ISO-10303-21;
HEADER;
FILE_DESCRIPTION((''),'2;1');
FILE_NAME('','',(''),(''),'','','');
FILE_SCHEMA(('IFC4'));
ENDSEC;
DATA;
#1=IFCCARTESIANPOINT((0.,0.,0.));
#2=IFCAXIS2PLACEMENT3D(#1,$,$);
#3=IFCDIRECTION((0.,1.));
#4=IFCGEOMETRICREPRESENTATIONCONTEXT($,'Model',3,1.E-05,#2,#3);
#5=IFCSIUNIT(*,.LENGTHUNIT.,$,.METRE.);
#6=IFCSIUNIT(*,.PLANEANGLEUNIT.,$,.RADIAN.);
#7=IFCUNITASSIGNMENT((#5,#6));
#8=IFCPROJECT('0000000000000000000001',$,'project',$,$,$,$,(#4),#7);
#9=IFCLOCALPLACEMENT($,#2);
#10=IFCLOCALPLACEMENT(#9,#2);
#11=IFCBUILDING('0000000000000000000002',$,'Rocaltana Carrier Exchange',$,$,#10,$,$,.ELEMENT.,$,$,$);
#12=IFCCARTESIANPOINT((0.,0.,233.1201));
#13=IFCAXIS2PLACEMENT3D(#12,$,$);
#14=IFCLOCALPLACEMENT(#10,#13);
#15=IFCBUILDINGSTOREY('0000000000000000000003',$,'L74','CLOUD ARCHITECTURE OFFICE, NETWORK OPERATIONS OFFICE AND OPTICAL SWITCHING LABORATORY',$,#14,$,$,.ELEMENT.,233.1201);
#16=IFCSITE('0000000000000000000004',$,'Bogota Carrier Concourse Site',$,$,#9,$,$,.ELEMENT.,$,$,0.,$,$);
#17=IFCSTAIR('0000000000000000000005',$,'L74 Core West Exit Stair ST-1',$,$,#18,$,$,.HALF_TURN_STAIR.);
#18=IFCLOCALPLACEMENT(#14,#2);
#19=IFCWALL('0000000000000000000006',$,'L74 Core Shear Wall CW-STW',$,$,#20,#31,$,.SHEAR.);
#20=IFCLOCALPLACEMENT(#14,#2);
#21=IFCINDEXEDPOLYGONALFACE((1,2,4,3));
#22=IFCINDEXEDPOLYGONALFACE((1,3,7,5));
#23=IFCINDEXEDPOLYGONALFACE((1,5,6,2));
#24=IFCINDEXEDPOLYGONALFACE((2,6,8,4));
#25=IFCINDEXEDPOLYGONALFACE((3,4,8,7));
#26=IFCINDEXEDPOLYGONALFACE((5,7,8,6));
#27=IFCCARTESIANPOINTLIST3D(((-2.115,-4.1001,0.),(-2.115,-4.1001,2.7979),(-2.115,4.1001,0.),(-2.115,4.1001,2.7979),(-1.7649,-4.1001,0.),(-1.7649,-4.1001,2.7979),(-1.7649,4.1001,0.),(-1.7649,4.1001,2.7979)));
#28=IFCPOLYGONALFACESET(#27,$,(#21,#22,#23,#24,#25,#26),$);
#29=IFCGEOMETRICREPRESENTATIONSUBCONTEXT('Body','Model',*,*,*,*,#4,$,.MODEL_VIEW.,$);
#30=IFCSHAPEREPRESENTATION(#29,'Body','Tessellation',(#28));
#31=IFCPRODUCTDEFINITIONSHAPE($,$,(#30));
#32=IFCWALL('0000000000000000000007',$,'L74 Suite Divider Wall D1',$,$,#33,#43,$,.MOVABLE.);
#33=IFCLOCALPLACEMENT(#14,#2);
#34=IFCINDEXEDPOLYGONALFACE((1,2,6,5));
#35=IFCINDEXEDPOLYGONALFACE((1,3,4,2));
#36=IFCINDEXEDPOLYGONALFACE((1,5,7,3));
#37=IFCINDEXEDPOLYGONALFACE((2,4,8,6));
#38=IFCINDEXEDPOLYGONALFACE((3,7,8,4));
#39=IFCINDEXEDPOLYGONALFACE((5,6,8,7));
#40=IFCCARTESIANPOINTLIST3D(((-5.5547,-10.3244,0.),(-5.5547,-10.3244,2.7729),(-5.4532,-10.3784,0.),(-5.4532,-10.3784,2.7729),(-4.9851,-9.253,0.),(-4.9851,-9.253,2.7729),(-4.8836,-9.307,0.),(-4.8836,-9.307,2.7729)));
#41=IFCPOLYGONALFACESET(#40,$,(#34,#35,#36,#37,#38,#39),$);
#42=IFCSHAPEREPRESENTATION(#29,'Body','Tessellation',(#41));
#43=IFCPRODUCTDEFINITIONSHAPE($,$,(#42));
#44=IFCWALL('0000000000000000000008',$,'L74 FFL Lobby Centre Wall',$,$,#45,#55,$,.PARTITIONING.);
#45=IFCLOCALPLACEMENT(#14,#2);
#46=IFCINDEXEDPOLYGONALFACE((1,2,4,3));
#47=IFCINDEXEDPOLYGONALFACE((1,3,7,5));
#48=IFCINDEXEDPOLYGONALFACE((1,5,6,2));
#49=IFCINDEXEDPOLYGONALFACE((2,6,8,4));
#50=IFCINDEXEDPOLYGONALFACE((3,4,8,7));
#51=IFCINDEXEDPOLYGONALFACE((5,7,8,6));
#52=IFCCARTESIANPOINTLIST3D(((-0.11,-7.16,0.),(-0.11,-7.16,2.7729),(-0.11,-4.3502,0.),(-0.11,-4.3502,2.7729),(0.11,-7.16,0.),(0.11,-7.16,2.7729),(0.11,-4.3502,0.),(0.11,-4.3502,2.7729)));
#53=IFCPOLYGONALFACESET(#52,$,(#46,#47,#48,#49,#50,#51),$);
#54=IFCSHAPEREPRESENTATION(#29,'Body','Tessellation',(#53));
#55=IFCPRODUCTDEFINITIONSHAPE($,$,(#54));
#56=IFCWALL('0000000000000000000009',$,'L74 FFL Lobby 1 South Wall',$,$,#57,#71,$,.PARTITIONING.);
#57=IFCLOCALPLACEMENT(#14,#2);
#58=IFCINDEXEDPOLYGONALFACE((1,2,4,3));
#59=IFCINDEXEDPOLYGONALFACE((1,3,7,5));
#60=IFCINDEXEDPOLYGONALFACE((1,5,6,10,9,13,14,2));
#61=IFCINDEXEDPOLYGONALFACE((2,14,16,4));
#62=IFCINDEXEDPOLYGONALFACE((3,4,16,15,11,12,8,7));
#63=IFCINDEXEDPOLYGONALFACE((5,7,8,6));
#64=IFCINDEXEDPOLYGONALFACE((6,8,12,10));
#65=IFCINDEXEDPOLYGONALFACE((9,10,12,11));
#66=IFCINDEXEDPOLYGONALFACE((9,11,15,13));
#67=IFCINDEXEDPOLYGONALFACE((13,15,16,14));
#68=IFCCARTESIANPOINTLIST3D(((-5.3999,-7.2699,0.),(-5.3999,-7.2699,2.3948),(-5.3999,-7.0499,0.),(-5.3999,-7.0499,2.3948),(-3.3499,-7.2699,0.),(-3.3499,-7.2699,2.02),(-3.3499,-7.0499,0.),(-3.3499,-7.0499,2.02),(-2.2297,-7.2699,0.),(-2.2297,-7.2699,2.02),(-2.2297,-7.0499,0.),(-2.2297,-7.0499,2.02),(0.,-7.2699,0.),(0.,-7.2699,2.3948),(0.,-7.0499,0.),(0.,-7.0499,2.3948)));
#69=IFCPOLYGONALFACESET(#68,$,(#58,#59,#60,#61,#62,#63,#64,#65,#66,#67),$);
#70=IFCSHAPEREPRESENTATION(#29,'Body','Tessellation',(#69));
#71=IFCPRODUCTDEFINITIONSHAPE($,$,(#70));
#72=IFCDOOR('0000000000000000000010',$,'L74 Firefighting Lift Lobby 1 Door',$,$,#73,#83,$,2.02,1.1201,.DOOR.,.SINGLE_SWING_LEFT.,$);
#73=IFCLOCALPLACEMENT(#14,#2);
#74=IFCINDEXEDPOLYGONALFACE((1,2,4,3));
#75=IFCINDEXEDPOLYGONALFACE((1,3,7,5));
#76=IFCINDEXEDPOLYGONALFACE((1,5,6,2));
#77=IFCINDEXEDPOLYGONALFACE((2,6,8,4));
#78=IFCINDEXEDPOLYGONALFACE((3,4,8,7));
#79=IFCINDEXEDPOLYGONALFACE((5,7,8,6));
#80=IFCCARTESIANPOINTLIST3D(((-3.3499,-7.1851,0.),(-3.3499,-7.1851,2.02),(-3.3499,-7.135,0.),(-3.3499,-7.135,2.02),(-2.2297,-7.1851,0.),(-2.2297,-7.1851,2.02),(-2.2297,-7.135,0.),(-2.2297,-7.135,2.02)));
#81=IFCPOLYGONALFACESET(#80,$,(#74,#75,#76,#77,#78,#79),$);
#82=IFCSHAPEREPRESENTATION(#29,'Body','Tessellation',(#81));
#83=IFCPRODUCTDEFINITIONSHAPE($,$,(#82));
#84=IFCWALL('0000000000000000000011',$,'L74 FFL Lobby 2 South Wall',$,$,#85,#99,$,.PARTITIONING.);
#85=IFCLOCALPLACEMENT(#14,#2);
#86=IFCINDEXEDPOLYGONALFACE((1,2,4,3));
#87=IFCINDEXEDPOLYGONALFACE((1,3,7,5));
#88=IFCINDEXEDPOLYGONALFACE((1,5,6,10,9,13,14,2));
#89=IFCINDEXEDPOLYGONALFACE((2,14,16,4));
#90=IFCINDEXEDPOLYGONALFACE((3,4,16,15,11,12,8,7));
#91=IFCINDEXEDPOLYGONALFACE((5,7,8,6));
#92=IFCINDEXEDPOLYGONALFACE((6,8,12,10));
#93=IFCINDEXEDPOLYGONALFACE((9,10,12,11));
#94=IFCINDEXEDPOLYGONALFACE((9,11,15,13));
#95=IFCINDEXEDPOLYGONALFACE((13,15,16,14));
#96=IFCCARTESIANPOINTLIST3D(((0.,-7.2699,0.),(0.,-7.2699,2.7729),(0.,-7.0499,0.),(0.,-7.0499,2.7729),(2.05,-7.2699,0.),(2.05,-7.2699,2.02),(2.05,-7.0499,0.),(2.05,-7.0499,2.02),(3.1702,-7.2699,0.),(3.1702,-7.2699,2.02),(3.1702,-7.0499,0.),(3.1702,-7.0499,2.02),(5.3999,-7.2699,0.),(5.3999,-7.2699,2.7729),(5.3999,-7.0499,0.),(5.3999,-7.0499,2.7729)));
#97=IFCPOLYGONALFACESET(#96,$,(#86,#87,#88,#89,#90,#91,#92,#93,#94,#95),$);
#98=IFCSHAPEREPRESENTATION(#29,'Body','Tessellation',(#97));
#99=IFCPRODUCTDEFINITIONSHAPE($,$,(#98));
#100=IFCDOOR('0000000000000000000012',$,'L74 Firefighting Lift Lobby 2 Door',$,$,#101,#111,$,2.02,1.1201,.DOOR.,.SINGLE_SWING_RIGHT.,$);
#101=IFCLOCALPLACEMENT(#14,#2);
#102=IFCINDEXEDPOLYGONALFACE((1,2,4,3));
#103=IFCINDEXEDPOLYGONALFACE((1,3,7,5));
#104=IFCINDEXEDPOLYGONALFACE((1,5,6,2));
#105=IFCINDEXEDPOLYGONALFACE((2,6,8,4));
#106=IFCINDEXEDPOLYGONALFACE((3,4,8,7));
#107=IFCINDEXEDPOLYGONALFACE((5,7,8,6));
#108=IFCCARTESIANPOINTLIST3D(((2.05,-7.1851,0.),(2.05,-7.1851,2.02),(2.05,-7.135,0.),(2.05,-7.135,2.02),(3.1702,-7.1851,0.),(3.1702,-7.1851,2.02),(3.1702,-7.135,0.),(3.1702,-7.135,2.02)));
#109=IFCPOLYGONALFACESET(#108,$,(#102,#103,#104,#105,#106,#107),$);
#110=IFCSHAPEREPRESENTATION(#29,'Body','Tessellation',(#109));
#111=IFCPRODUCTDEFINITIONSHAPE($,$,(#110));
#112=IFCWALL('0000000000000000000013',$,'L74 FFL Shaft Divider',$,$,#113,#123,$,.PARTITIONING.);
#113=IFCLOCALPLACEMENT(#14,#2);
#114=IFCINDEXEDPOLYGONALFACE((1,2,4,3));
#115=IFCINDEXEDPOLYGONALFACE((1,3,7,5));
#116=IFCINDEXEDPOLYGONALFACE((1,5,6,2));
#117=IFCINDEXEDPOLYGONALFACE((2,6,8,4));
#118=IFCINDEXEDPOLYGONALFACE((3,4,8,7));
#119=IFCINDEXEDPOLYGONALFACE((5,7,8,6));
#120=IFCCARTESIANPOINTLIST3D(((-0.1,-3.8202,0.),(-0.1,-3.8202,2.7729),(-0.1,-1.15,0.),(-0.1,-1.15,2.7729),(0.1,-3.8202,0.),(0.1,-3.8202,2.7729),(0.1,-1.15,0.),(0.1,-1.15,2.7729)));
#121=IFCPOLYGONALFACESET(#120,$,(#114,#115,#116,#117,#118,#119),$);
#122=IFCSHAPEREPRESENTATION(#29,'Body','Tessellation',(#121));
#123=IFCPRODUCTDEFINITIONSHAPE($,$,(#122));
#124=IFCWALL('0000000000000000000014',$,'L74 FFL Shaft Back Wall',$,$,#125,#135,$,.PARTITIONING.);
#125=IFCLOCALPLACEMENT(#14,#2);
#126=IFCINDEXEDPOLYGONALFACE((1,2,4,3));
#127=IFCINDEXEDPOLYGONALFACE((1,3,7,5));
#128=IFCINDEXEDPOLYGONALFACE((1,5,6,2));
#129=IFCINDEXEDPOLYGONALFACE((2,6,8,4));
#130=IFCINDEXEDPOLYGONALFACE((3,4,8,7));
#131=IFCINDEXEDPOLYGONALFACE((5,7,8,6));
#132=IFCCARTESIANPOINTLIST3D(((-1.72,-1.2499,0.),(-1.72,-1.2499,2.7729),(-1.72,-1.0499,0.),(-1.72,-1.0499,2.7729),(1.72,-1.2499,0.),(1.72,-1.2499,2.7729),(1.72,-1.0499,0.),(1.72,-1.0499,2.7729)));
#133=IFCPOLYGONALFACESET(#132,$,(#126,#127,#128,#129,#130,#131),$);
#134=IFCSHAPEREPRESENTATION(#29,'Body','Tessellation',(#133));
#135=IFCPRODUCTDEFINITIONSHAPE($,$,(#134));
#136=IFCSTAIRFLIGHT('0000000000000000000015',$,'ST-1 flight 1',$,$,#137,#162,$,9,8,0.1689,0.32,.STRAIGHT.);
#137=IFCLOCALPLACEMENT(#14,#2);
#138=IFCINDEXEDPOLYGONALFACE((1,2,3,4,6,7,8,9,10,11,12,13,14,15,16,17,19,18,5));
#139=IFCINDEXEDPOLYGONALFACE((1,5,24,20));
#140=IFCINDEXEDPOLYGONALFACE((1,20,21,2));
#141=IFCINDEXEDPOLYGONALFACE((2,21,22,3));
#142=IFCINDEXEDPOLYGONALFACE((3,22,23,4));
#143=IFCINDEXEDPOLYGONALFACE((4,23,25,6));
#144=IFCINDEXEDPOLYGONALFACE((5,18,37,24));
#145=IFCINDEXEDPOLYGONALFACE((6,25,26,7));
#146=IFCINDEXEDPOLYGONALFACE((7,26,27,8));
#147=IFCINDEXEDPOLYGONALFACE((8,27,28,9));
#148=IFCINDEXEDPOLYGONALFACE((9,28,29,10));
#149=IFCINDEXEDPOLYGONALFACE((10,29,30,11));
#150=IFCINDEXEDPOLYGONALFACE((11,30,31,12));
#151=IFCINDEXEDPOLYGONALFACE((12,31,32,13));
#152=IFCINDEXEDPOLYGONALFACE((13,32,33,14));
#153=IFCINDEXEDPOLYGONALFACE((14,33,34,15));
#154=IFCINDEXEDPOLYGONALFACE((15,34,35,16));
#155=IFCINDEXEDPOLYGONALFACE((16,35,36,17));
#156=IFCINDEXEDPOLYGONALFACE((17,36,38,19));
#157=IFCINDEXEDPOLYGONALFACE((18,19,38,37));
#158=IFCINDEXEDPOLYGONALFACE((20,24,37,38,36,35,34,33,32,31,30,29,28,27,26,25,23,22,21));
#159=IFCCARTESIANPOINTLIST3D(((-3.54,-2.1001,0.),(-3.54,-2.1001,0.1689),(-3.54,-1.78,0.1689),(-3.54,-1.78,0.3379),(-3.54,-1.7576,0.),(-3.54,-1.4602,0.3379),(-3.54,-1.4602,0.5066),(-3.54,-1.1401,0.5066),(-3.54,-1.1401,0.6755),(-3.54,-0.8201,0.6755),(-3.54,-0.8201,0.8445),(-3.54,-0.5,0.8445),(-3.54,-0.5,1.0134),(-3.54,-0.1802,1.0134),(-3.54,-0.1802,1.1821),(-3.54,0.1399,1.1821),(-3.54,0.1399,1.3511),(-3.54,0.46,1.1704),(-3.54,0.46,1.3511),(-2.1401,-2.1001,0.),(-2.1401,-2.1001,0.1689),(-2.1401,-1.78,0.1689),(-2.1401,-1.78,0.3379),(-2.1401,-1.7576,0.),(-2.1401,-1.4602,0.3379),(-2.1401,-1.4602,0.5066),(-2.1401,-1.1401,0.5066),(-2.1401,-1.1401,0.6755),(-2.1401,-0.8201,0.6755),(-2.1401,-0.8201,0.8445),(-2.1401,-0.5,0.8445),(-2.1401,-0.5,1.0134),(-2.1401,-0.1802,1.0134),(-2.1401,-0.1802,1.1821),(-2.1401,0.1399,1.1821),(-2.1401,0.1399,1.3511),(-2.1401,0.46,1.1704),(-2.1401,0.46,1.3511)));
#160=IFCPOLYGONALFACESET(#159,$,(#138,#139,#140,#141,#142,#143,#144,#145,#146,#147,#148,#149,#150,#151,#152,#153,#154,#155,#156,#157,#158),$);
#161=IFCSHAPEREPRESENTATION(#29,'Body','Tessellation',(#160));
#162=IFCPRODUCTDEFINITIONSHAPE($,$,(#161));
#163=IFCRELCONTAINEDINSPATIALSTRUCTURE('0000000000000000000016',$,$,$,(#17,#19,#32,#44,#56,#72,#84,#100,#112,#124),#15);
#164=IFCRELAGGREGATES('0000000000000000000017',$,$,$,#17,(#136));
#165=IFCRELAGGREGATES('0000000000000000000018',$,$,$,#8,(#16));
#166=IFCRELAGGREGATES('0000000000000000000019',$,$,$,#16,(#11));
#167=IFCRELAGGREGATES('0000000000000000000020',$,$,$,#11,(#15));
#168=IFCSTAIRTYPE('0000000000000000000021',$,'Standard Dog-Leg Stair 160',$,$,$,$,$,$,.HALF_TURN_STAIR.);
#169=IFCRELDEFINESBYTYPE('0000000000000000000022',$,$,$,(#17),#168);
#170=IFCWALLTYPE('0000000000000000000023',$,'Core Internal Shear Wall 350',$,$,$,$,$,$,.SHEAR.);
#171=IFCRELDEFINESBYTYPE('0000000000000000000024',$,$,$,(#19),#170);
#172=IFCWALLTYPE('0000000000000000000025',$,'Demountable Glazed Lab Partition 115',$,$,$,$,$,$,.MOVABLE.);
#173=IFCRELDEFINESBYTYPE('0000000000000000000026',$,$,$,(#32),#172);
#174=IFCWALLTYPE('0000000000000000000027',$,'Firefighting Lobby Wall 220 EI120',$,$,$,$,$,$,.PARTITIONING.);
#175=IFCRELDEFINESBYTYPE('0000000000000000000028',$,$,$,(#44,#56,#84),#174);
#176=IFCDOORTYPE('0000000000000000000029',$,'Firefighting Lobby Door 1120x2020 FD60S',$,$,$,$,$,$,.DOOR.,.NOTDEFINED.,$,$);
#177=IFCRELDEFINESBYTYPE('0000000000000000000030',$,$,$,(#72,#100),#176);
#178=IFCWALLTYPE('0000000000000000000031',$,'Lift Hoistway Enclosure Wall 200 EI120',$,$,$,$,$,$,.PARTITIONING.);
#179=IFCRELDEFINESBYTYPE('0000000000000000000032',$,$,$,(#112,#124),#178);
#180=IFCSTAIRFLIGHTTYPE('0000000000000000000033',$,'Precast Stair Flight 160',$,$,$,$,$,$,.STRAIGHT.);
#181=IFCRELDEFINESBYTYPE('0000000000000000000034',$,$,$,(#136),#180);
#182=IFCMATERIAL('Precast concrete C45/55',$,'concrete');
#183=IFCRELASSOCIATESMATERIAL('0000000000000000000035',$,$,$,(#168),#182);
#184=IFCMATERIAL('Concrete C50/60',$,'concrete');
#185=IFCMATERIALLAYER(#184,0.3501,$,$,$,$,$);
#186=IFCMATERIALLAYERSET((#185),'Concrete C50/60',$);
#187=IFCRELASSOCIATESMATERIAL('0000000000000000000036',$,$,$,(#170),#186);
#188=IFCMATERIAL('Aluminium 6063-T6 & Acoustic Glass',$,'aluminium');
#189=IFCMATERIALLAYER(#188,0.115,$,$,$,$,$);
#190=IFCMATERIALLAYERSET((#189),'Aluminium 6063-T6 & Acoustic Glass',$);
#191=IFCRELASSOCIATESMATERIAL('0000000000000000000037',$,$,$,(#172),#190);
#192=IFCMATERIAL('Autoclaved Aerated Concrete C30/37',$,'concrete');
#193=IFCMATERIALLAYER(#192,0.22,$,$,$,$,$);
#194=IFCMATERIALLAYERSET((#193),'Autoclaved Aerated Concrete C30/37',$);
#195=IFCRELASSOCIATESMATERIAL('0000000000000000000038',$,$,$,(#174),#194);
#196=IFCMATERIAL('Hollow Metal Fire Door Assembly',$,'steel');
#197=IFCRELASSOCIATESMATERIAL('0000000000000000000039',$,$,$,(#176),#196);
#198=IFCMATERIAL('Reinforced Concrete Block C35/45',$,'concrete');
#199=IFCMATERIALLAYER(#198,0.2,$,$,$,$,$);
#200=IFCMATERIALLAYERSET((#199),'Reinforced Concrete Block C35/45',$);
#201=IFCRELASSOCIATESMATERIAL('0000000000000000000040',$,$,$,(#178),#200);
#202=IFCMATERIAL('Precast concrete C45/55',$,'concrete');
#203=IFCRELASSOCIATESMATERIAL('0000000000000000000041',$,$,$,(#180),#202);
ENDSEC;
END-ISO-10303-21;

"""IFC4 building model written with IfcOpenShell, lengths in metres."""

from ifc_helpers import new_model, si_unit, direction, frame, frame_2d, origin, place, context, subcontext, project, spatial, polyline, rectangle, outline, extrude, material, layer, layer_set, type_object, element, fill, aggregate, save


model = new_model("IFC4")

# Units and contexts
model_context = context("Model", 3, precision=1e-05, world=origin(), true_north=direction((0.0, 1.0)))
body_context = subcontext(model_context, "Body", "Model", "MODEL_VIEW")
ifc_project = project(units=[si_unit("LENGTHUNIT", "METRE"), si_unit("PLANEANGLEUNIT", "RADIAN")], contexts=[model_context])

# Site, building, storey
site_placement = place(None, origin())
site = spatial("IfcSite", under=ifc_project, at=site_placement, Name="Bogota Carrier Concourse Site", CompositionType="ELEMENT", RefElevation=0.0)
building_placement = place(site_placement, origin())
building = spatial("IfcBuilding", under=site, at=building_placement, Name="Rocaltana Carrier Exchange", CompositionType="ELEMENT")
storey_placement = place(building_placement, frame((0.0, 0.0, 233.1201)))
storey = spatial("IfcBuildingStorey", under=building, at=storey_placement, Name="L74", Description="CLOUD ARCHITECTURE OFFICE, NETWORK OPERATIONS OFFICE AND OPTICAL SWITCHING LABORATORY", CompositionType="ELEMENT", Elevation=233.1201)

# Stair
ifc_material_1 = material(Name="Precast concrete C45/55", Category="concrete")
stair_type = type_object("IfcStairType", Name="Standard Dog-Leg Stair 160", PredefinedType="HALF_TURN_STAIR", material=ifc_material_1)
stair_1_placement = place(storey_placement, origin())
stair_1 = element("IfcStair", 1, at=stair_1_placement, inside=storey, type_object=stair_type, Name="L74 Core West Exit Stair ST-1", PredefinedType="HALF_TURN_STAIR")

# Walls
ifc_material_2 = material(Name="Concrete C50/60", Category="concrete")
ifc_layer_1 = layer(ifc_material_2, 0.3501)
ifc_layer_set_1 = layer_set([ifc_layer_1], Name="Concrete C50/60")
wall_type_1 = type_object("IfcWallType", Name="Core Internal Shear Wall 350", PredefinedType="SHEAR", material=ifc_layer_set_1)
wall_1_placement = place(storey_placement, frame((-1.9399, -4.1001, 0.0), z_axis=(0.0, 0.0, 1.0), x_axis=(0.0, 1.0, 0.0)))
element("IfcWall", 2, at=wall_1_placement, inside=storey, type_object=wall_type_1, Name="L74 Core Shear Wall CW-STW", PredefinedType="SHEAR", context=body_context, shape_type="SweptSolid", body=[
    extrude(rectangle(XDim=8.2002, YDim=0.3501, at=frame_2d((4.1001, 0.0))), origin(), (0.0, 0.0, 1.0), 2.7979),
])
ifc_material_3 = material(Name="Aluminium 6063-T6 & Acoustic Glass", Category="aluminium")
ifc_layer_2 = layer(ifc_material_3, 0.115)
ifc_layer_set_2 = layer_set([ifc_layer_2], Name="Aluminium 6063-T6 & Acoustic Glass")
wall_type_2 = type_object("IfcWallType", Name="Demountable Glazed Lab Partition 115", PredefinedType="MOVABLE", material=ifc_layer_set_2)
wall_2_placement = place(storey_placement, frame((-4.9343, -9.28, 0.0), z_axis=(0.0, 0.0, 1.0), x_axis=(-0.469449, -0.882959, 0.0)))
element("IfcWall", 3, at=wall_2_placement, inside=storey, type_object=wall_type_2, Name="L74 Suite Divider Wall D1", PredefinedType="MOVABLE", context=body_context, shape_type="SweptSolid", body=[
    extrude(rectangle(XDim=1.2134, YDim=0.115, at=frame_2d((0.6067, 0.0))), origin(), (0.0, 0.0, 1.0), 2.7729),
])
ifc_material_4 = material(Name="Autoclaved Aerated Concrete C30/37", Category="concrete")
ifc_layer_3 = layer(ifc_material_4, 0.22)
ifc_layer_set_3 = layer_set([ifc_layer_3], Name="Autoclaved Aerated Concrete C30/37")
wall_type_3 = type_object("IfcWallType", Name="Firefighting Lobby Wall 220 EI120", PredefinedType="PARTITIONING", material=ifc_layer_set_3)
wall_3_placement = place(storey_placement, frame((0.0, -7.1599, 0.0), z_axis=(0.0, 0.0, 1.0), x_axis=(0.0, 1.0, 0.0)))
element("IfcWall", 4, at=wall_3_placement, inside=storey, type_object=wall_type_3, Name="L74 FFL Lobby Centre Wall", PredefinedType="PARTITIONING", context=body_context, shape_type="SweptSolid", body=[
    extrude(rectangle(XDim=2.8098, YDim=0.22, at=frame_2d((1.4048, 0.0))), origin(), (0.0, 0.0, 1.0), 2.7729),
])

# Walls, openings, doors
wall_4_placement = place(storey_placement, frame((-5.3999, -7.1599, 0.0), z_axis=(0.0, 0.0, 1.0), x_axis=(1.0, 0.0, 0.0)))
wall_4 = element("IfcWall", 5, at=wall_4_placement, inside=storey, type_object=wall_type_3, Name="L74 FFL Lobby 1 South Wall", PredefinedType="PARTITIONING", context=body_context, shape_type="SweptSolid", body=[
    extrude(rectangle(XDim=5.3999, YDim=0.22, at=frame_2d((2.7, 0.0))), origin(), (0.0, 0.0, 1.0), 2.3948),
])
opening_1_placement = place(wall_4_placement, frame((2.05, 0.0, 0.0)))
opening_1 = element("IfcOpeningElement", 6, at=opening_1_placement, cuts=wall_4, PredefinedType="OPENING", context=body_context, shape_type="SweptSolid", body=[
    extrude(rectangle(XDim=1.1201, YDim=2.02, at=frame_2d((0.5601, 1.01))), frame((0.0, 0.1199, 0.0), z_axis=(0.0, -1.0, 0.0), x_axis=(1.0, 0.0, 0.0)), (0.0, 0.0, 1.0), 0.24),
])
ifc_material_5 = material(Name="Hollow Metal Fire Door Assembly", Category="steel")
door_type = type_object("IfcDoorType", Name="Firefighting Lobby Door 1120x2020 FD60S", OperationType="NOTDEFINED", PredefinedType="DOOR", material=ifc_material_5)
door_1_placement = place(opening_1_placement, origin())
door_1 = element("IfcDoor", 7, at=door_1_placement, inside=storey, type_object=door_type, Name="L74 Firefighting Lift Lobby 1 Door", OperationType="SINGLE_SWING_LEFT", OverallHeight=2.02, OverallWidth=1.1201, PredefinedType="DOOR", context=body_context, shape_type="SweptSolid", body=[
    extrude(rectangle(XDim=1.1201, YDim=2.02, at=frame_2d((0.5601, 1.01))), frame((0.0, 0.0249, 0.0), z_axis=(0.0, -1.0, 0.0), x_axis=(1.0, 0.0, 0.0)), (0.0, 0.0, 1.0), 0.05),
])
fill(opening_1, door_1)
wall_5_placement = place(storey_placement, frame((0.0, -7.1599, 0.0), z_axis=(0.0, 0.0, 1.0), x_axis=(1.0, 0.0, 0.0)))
wall_5 = element("IfcWall", 8, at=wall_5_placement, inside=storey, type_object=wall_type_3, Name="L74 FFL Lobby 2 South Wall", PredefinedType="PARTITIONING", context=body_context, shape_type="SweptSolid", body=[
    extrude(rectangle(XDim=5.3999, YDim=0.22, at=frame_2d((2.7, 0.0))), origin(), (0.0, 0.0, 1.0), 2.7729),
])
opening_2_placement = place(wall_5_placement, frame((2.05, 0.0, 0.0)))
opening_2 = element("IfcOpeningElement", 9, at=opening_2_placement, cuts=wall_5, PredefinedType="OPENING", context=body_context, shape_type="SweptSolid", body=[
    extrude(rectangle(XDim=1.1201, YDim=2.02, at=frame_2d((0.5601, 1.01))), frame((0.0, 0.1199, 0.0), z_axis=(0.0, -1.0, 0.0), x_axis=(1.0, 0.0, 0.0)), (0.0, 0.0, 1.0), 0.24),
])
door_2_placement = place(opening_2_placement, origin())
door_2 = element("IfcDoor", 10, at=door_2_placement, inside=storey, type_object=door_type, Name="L74 Firefighting Lift Lobby 2 Door", OperationType="SINGLE_SWING_RIGHT", OverallHeight=2.02, OverallWidth=1.1201, PredefinedType="DOOR", context=body_context, shape_type="SweptSolid", body=[
    extrude(rectangle(XDim=1.1201, YDim=2.02, at=frame_2d((0.5601, 1.01))), frame((0.0, 0.0249, 0.0), z_axis=(0.0, -1.0, 0.0), x_axis=(1.0, 0.0, 0.0)), (0.0, 0.0, 1.0), 0.05),
])
fill(opening_2, door_2)

# Walls
ifc_material_6 = material(Name="Reinforced Concrete Block C35/45", Category="concrete")
ifc_layer_4 = layer(ifc_material_6, 0.2)
ifc_layer_set_4 = layer_set([ifc_layer_4], Name="Reinforced Concrete Block C35/45")
wall_type_4 = type_object("IfcWallType", Name="Lift Hoistway Enclosure Wall 200 EI120", PredefinedType="PARTITIONING", material=ifc_layer_set_4)
wall_6_placement = place(storey_placement, frame((0.0, -3.8201, 0.0), z_axis=(0.0, 0.0, 1.0), x_axis=(0.0, 1.0, 0.0)))
element("IfcWall", 11, at=wall_6_placement, inside=storey, type_object=wall_type_4, Name="L74 FFL Shaft Divider", PredefinedType="PARTITIONING", context=body_context, shape_type="SweptSolid", body=[
    extrude(rectangle(XDim=2.6702, YDim=0.2, at=frame_2d((1.335, 0.0))), origin(), (0.0, 0.0, 1.0), 2.7729),
])
wall_7_placement = place(storey_placement, frame((-1.72, -1.1499, 0.0), z_axis=(0.0, 0.0, 1.0), x_axis=(1.0, 0.0, 0.0)))
element("IfcWall", 12, at=wall_7_placement, inside=storey, type_object=wall_type_4, Name="L74 FFL Shaft Back Wall", PredefinedType="PARTITIONING", context=body_context, shape_type="SweptSolid", body=[
    extrude(rectangle(XDim=3.4399, YDim=0.2, at=frame_2d((1.72, 0.0))), origin(), (0.0, 0.0, 1.0), 2.7729),
])

# Stair flight
ifc_material_7 = material(Name="Precast concrete C45/55", Category="concrete")
stair_flight_type = type_object("IfcStairFlightType", Name="Precast Stair Flight 160", PredefinedType="STRAIGHT", material=ifc_material_7)
stair_flight_1_placement = place(storey_placement, frame((-2.8401, -2.1001, 0.0), z_axis=(0.0, 0.0, 1.0), x_axis=(0.0, 1.0, 0.0)))
stair_flight_1 = element("IfcStairFlight", 13, at=stair_flight_1_placement, type_object=stair_flight_type, Name="ST-1 flight 1", NumberOfRisers=9, NumberOfTreads=8, PredefinedType="STRAIGHT", RiserHeight=0.1689, TreadLength=0.32, context=body_context, shape_type="SweptSolid", body=[
    extrude(outline(polyline([(0.0, 0.0), (0.0, 0.1689), (0.3201, 0.1689), (0.3201, 0.3379), (0.6399, 0.3379), (0.6399, 0.5066), (0.96, 0.5066), (0.96, 0.6755), (1.28, 0.6755), (1.28, 0.8445), (1.6001, 0.8445), (1.6001, 1.0134), (1.9199, 1.0134), (1.9199, 1.1821), (2.24, 1.1821), (2.24, 1.3511), (2.5601, 1.3511), (2.5601, 1.52), (2.5601, 1.1704), (0.3425, 0.0), (0.0, 0.0)])), frame((0.0, 0.7, 0.0), z_axis=(0.0, -1.0, 0.0), x_axis=(1.0, 0.0, 0.0)), (0.0, 0.0, 1.0), 1.3999),
])
aggregate(stair_1, [stair_flight_1])

save(model, "model.ifc")
